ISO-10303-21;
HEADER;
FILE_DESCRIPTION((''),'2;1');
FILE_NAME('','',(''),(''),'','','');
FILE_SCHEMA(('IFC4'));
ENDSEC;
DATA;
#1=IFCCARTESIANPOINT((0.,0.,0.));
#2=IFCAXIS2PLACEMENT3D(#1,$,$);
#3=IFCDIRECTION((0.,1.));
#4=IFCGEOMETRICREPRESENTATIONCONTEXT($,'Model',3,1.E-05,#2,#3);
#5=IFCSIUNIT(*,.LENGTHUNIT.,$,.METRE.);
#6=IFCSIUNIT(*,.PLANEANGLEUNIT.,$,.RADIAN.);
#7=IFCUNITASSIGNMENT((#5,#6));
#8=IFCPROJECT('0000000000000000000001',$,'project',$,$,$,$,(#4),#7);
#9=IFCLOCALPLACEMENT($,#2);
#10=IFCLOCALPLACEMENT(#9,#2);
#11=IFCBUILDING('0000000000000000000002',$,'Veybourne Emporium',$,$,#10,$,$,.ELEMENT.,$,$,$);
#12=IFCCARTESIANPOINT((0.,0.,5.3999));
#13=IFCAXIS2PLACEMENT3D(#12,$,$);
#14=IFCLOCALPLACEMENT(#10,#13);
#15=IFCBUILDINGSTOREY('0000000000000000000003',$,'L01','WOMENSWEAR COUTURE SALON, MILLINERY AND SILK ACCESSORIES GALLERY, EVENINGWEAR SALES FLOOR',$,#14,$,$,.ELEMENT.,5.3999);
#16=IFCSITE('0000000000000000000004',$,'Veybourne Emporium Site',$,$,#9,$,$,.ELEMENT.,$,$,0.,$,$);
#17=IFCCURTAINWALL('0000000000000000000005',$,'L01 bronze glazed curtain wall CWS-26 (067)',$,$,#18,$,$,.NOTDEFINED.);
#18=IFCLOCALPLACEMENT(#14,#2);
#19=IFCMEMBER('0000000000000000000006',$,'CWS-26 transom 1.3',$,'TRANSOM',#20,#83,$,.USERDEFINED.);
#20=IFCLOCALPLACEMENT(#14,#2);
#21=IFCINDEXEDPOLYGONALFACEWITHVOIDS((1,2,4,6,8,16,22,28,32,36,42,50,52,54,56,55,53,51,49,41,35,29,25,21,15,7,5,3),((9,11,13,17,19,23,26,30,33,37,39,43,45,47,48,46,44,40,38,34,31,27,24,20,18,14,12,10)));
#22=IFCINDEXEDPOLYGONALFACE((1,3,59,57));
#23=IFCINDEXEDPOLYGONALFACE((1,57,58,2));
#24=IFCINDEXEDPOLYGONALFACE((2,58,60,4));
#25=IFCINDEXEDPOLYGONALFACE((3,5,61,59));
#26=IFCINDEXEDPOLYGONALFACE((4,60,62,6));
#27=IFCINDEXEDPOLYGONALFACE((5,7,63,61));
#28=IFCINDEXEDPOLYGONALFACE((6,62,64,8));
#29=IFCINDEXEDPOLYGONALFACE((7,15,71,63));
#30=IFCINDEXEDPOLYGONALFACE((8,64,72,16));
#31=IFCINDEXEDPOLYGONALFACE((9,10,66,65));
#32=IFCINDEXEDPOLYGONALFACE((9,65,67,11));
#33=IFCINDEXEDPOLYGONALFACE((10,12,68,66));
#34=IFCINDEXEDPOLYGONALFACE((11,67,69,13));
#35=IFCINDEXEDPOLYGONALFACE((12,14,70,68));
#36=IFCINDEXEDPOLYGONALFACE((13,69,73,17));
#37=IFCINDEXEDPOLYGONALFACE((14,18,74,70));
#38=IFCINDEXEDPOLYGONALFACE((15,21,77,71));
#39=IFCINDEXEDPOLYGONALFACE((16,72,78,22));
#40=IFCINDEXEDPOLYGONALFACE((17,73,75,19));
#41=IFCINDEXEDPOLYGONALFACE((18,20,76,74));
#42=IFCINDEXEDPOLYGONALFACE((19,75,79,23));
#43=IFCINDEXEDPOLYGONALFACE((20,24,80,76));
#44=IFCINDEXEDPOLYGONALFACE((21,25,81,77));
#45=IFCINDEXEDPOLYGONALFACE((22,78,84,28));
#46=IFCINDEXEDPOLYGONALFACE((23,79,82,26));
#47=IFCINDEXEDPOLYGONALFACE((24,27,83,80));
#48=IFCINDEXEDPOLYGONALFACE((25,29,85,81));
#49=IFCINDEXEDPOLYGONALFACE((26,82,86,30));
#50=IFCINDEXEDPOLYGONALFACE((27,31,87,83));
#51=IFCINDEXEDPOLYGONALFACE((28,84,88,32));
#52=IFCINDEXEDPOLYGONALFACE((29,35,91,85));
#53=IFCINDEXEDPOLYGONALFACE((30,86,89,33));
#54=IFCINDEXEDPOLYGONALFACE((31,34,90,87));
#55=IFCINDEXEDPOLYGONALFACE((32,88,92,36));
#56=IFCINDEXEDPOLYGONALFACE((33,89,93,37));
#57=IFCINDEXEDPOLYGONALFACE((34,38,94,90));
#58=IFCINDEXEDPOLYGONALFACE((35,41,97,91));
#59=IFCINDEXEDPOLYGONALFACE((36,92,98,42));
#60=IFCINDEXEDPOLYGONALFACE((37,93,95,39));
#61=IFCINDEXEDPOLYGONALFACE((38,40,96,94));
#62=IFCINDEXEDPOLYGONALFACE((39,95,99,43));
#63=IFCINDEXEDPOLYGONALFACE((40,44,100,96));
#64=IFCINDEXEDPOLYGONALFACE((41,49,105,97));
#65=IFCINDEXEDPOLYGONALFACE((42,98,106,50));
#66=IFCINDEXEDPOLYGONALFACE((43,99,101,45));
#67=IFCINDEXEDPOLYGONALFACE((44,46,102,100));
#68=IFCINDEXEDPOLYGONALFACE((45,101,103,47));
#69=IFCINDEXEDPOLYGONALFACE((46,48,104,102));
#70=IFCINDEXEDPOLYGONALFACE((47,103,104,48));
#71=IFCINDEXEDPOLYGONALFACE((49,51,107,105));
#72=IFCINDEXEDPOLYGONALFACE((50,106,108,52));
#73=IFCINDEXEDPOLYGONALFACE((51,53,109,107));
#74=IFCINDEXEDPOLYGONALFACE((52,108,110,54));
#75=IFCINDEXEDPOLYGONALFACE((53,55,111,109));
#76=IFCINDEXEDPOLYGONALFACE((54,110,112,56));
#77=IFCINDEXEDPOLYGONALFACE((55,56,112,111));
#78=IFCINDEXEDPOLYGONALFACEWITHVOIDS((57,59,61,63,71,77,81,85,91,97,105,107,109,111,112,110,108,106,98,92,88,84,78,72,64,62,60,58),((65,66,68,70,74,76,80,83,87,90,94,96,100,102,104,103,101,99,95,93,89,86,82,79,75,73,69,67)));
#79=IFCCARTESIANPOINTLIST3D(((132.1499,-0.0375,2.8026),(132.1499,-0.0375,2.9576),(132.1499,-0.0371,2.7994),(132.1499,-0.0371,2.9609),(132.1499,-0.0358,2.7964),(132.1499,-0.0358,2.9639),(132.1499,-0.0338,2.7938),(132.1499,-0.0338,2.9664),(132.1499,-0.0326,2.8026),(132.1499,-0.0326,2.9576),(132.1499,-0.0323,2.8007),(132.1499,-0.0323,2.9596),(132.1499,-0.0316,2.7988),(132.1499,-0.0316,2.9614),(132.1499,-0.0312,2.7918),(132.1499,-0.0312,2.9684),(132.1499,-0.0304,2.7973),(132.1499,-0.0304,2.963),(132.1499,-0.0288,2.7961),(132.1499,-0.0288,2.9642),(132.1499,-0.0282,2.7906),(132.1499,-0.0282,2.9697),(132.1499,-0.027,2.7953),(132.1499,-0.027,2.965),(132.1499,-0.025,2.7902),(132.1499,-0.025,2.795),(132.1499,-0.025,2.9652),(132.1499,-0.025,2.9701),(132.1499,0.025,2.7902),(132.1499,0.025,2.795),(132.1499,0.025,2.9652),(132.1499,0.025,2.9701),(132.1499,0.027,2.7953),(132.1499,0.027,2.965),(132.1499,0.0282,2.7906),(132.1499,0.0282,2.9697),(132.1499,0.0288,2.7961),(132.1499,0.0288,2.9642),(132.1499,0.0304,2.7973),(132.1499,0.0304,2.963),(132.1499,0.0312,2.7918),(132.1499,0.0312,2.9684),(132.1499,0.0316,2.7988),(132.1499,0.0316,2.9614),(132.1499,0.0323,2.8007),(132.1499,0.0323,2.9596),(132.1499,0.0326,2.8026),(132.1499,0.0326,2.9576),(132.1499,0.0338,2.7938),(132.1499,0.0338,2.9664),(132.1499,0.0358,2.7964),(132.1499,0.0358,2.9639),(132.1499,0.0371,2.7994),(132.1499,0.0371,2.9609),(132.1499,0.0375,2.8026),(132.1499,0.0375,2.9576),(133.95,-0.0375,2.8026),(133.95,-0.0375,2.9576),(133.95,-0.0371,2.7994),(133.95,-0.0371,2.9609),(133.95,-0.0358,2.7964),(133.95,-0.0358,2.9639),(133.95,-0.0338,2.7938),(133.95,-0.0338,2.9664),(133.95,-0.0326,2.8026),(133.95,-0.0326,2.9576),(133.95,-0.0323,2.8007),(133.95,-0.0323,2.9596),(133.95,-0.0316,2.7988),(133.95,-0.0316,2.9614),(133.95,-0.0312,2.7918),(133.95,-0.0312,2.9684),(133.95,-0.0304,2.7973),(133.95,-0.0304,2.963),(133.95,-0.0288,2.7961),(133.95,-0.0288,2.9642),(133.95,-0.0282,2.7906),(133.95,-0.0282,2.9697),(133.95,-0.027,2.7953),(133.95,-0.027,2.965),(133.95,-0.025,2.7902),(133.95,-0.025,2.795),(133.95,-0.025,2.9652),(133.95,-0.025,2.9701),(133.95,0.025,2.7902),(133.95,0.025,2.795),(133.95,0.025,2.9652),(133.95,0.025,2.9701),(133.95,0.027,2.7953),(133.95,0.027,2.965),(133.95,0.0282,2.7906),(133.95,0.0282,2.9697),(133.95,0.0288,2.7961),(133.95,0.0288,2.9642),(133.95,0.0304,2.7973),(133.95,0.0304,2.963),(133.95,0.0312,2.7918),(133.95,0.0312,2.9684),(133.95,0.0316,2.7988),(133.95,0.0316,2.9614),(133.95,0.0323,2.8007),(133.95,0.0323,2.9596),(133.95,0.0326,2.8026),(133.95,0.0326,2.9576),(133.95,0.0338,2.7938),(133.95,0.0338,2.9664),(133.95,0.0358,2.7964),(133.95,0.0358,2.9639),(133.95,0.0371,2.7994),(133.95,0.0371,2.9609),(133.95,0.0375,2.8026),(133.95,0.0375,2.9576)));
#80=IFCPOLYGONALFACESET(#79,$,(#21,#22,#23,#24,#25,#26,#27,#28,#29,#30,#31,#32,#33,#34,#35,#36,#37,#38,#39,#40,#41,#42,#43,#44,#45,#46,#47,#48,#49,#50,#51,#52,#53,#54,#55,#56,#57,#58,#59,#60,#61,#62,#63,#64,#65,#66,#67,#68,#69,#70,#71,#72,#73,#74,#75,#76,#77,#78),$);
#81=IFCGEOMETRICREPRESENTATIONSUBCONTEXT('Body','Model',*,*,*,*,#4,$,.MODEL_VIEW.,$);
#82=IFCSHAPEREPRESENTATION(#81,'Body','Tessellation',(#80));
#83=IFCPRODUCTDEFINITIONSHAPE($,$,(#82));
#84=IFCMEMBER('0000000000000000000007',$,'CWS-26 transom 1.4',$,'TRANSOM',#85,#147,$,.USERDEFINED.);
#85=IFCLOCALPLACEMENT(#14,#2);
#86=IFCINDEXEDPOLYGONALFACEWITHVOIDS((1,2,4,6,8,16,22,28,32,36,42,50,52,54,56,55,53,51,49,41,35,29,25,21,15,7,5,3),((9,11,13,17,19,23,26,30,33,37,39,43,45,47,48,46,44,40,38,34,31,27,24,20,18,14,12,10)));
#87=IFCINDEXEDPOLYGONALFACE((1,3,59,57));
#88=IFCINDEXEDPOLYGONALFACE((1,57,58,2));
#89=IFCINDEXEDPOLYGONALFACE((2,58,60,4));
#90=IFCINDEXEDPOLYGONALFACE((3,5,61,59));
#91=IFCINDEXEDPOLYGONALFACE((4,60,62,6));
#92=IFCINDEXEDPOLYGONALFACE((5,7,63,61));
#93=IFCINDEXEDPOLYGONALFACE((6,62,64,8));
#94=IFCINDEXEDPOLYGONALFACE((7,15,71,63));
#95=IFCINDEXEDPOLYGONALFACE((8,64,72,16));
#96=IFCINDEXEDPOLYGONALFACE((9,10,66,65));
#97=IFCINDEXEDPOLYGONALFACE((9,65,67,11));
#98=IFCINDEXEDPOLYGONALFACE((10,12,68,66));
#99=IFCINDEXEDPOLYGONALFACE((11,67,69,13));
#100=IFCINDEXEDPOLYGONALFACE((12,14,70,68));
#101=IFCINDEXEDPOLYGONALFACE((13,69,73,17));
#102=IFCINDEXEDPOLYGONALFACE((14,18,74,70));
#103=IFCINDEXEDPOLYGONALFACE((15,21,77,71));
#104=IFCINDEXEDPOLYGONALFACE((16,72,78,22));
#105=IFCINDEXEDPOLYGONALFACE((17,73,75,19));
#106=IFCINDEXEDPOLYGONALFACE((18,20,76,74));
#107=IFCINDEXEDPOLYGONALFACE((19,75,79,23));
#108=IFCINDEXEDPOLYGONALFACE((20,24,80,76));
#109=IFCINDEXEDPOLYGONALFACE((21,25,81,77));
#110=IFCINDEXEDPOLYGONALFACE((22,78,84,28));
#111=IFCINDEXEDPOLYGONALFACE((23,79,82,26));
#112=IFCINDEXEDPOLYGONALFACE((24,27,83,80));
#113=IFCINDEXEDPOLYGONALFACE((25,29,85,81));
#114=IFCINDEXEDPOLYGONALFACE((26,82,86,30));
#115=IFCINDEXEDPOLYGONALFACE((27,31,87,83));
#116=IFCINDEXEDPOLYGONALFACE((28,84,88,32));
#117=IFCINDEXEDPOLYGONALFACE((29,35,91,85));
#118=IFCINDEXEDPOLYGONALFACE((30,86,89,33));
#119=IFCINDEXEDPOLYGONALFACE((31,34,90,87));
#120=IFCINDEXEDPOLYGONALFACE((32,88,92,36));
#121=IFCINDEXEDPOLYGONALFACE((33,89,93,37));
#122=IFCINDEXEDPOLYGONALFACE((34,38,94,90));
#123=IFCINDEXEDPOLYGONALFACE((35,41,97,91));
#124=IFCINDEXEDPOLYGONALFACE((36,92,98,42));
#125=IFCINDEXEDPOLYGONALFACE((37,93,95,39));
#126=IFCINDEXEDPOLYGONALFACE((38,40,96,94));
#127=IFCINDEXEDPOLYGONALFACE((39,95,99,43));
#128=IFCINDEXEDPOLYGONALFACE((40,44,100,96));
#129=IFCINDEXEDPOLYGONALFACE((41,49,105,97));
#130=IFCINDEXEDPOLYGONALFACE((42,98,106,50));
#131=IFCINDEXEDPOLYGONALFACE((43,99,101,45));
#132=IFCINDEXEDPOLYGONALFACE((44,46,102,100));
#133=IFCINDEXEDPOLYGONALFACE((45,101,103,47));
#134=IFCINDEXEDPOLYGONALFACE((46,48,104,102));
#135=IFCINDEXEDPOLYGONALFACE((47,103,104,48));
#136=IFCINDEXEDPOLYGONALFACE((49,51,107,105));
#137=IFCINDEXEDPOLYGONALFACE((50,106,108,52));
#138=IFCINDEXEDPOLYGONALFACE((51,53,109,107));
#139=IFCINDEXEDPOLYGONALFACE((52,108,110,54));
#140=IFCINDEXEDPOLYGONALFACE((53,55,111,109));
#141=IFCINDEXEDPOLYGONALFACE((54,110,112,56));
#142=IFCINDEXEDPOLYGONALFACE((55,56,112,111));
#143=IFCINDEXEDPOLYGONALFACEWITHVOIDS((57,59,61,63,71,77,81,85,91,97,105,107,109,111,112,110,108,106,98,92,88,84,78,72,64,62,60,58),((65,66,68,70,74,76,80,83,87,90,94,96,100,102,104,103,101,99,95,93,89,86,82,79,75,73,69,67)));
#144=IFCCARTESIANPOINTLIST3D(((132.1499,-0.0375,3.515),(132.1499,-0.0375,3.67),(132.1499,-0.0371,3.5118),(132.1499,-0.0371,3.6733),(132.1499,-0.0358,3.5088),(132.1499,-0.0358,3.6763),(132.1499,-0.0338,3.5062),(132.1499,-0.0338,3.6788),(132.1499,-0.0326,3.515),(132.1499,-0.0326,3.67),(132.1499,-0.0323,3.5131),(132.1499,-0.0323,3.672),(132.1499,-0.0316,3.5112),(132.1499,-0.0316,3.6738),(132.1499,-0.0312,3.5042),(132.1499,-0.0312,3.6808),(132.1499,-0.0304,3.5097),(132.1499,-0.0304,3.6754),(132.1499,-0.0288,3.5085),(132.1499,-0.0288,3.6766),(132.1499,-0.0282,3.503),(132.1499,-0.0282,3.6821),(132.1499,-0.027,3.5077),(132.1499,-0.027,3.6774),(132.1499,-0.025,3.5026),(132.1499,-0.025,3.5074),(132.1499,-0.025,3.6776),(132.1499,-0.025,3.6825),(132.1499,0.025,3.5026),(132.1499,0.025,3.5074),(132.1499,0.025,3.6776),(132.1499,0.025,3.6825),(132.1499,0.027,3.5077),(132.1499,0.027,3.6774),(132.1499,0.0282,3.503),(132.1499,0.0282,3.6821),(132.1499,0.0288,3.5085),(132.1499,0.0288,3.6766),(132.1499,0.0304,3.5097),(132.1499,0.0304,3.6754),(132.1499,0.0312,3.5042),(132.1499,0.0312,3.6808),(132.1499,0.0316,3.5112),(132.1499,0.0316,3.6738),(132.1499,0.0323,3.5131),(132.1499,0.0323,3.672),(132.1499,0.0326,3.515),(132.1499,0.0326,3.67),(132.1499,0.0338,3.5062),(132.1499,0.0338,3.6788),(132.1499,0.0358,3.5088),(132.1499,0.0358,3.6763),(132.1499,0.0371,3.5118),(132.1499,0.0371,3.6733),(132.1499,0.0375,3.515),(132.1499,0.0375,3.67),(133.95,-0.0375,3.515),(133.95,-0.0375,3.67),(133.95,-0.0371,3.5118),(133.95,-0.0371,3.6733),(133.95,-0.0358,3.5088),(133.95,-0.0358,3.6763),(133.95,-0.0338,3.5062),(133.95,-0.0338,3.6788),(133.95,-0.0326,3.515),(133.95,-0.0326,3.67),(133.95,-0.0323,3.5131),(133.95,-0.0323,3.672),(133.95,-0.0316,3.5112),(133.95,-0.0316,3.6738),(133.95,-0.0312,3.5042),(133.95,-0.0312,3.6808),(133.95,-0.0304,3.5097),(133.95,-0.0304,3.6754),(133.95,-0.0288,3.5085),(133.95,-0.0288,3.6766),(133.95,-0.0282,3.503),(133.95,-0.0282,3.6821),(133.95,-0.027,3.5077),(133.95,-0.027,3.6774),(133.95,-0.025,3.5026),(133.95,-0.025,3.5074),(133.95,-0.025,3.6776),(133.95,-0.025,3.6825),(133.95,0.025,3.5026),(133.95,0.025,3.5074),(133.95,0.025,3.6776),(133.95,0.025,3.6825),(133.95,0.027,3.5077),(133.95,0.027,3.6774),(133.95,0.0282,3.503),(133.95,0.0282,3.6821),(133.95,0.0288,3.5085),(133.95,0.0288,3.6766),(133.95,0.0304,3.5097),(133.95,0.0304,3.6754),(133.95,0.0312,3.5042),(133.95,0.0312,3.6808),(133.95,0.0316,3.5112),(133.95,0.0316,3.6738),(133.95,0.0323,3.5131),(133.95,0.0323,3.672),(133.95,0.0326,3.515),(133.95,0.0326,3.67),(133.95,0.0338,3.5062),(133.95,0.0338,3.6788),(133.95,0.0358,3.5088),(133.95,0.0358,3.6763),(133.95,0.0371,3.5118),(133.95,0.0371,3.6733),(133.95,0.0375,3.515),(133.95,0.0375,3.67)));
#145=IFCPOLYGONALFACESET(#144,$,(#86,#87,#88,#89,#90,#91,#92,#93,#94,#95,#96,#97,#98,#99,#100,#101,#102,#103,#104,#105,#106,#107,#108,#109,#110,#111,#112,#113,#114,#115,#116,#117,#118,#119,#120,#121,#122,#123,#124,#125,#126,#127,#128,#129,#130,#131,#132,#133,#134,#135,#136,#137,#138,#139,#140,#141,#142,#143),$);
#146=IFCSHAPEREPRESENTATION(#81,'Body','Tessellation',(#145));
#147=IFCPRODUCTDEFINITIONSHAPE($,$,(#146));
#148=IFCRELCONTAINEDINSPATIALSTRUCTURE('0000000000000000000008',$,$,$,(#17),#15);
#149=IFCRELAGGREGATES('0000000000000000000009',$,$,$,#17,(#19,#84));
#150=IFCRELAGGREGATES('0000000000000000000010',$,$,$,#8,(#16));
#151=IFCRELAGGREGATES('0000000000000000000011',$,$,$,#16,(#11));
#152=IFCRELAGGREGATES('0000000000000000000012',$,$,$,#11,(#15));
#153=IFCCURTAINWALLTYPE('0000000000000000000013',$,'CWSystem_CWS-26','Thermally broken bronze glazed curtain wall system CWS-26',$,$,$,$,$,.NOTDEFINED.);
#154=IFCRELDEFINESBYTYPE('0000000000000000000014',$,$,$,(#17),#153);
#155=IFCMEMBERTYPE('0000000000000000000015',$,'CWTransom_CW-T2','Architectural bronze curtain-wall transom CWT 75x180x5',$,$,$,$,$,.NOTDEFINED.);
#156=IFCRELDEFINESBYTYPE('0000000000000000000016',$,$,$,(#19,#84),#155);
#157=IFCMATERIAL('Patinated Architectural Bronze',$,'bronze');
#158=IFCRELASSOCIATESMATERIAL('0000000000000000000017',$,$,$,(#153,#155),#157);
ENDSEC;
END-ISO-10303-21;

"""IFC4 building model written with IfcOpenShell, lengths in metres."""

from ifc_helpers import new_model, si_unit, direction, frame, origin, origin_2d, place, context, subcontext, project, spatial, hollow_rectangle, extrude, material, material_profile, profile_set, type_object, element, aggregate, save


model = new_model("IFC4")

# Units and contexts
model_context = context("Model", 3, precision=1e-05, world=origin(), true_north=direction((0.0, 1.0)))
body_context = subcontext(model_context, "Body", "Model", "MODEL_VIEW")
ifc_project = project(units=[si_unit("LENGTHUNIT", "METRE"), si_unit("PLANEANGLEUNIT", "RADIAN")], contexts=[model_context])

# Site, building, storey
site_placement = place(None, origin())
site = spatial("IfcSite", under=ifc_project, at=site_placement, Name="Veybourne Emporium Site", CompositionType="ELEMENT", RefElevation=0.0)
building_placement = place(site_placement, origin())
building = spatial("IfcBuilding", under=site, at=building_placement, Name="Veybourne Emporium", CompositionType="ELEMENT")
storey_placement = place(building_placement, frame((0.0, 0.0, 5.3999)))
storey = spatial("IfcBuildingStorey", under=building, at=storey_placement, Name="L01", Description="WOMENSWEAR COUTURE SALON, MILLINERY AND SILK ACCESSORIES GALLERY, EVENINGWEAR SALES FLOOR", CompositionType="ELEMENT", Elevation=5.3999)

# Curtain wall, members
ifc_material_1 = material(Name="Patinated Architectural Bronze", Category="bronze")
curtain_wall_type = type_object("IfcCurtainWallType", Name="CWSystem_CWS-26", Description="Thermally broken bronze glazed curtain wall system CWS-26", PredefinedType="NOTDEFINED", material=ifc_material_1)
curtain_wall_placement = place(storey_placement, origin())
curtain_wall = element("IfcCurtainWall", 1, at=curtain_wall_placement, inside=storey, type_object=curtain_wall_type, Name="L01 bronze glazed curtain wall CWS-26 (067)", PredefinedType="NOTDEFINED")
ifc_material_profile_1 = material_profile(ifc_material_1, hollow_rectangle(XDim=0.075, YDim=0.1799, WallThickness=0.0049, InnerFilletRadius=0.0076, OuterFilletRadius=0.0125, at=origin_2d()), Name="CWT 75x180x5")
ifc_profile_set_1 = profile_set([ifc_material_profile_1], Name="Patinated Architectural Bronze")
member_type_1 = type_object("IfcMemberType", Name="CWTransom_CW-T2", Description="Architectural bronze curtain-wall transom CWT 75x180x5", PredefinedType="NOTDEFINED", material=ifc_profile_set_1)
member_1_placement = place(storey_placement, frame((133.95, 0.0, 2.8801), z_axis=(-1.0, 0.0, 0.0), x_axis=(0.0, -1.0, 0.0)))
member_1 = element("IfcMember", 2, at=member_1_placement, type_object=member_type_1, Name="CWS-26 transom 1.3", ObjectType="TRANSOM", PredefinedType="USERDEFINED", context=body_context, shape_type="SweptSolid", body=[
    extrude(hollow_rectangle(XDim=0.075, YDim=0.1799, WallThickness=0.0049, InnerFilletRadius=0.0076, OuterFilletRadius=0.0125, at=origin_2d()), origin(), (0.0, 0.0, 1.0), 1.8),
])
member_2_placement = place(storey_placement, frame((133.95, 0.0, 3.5925), z_axis=(-1.0, 0.0, 0.0), x_axis=(0.0, -1.0, 0.0)))
member_2 = element("IfcMember", 3, at=member_2_placement, type_object=member_type_1, Name="CWS-26 transom 1.4", ObjectType="TRANSOM", PredefinedType="USERDEFINED", context=body_context, shape_type="SweptSolid", body=[
    extrude(hollow_rectangle(XDim=0.075, YDim=0.1799, WallThickness=0.0049, InnerFilletRadius=0.0076, OuterFilletRadius=0.0125, at=origin_2d()), origin(), (0.0, 0.0, 1.0), 1.8),
])

aggregate(curtain_wall, [member_1, member_2])

save(model, "model.ifc")
